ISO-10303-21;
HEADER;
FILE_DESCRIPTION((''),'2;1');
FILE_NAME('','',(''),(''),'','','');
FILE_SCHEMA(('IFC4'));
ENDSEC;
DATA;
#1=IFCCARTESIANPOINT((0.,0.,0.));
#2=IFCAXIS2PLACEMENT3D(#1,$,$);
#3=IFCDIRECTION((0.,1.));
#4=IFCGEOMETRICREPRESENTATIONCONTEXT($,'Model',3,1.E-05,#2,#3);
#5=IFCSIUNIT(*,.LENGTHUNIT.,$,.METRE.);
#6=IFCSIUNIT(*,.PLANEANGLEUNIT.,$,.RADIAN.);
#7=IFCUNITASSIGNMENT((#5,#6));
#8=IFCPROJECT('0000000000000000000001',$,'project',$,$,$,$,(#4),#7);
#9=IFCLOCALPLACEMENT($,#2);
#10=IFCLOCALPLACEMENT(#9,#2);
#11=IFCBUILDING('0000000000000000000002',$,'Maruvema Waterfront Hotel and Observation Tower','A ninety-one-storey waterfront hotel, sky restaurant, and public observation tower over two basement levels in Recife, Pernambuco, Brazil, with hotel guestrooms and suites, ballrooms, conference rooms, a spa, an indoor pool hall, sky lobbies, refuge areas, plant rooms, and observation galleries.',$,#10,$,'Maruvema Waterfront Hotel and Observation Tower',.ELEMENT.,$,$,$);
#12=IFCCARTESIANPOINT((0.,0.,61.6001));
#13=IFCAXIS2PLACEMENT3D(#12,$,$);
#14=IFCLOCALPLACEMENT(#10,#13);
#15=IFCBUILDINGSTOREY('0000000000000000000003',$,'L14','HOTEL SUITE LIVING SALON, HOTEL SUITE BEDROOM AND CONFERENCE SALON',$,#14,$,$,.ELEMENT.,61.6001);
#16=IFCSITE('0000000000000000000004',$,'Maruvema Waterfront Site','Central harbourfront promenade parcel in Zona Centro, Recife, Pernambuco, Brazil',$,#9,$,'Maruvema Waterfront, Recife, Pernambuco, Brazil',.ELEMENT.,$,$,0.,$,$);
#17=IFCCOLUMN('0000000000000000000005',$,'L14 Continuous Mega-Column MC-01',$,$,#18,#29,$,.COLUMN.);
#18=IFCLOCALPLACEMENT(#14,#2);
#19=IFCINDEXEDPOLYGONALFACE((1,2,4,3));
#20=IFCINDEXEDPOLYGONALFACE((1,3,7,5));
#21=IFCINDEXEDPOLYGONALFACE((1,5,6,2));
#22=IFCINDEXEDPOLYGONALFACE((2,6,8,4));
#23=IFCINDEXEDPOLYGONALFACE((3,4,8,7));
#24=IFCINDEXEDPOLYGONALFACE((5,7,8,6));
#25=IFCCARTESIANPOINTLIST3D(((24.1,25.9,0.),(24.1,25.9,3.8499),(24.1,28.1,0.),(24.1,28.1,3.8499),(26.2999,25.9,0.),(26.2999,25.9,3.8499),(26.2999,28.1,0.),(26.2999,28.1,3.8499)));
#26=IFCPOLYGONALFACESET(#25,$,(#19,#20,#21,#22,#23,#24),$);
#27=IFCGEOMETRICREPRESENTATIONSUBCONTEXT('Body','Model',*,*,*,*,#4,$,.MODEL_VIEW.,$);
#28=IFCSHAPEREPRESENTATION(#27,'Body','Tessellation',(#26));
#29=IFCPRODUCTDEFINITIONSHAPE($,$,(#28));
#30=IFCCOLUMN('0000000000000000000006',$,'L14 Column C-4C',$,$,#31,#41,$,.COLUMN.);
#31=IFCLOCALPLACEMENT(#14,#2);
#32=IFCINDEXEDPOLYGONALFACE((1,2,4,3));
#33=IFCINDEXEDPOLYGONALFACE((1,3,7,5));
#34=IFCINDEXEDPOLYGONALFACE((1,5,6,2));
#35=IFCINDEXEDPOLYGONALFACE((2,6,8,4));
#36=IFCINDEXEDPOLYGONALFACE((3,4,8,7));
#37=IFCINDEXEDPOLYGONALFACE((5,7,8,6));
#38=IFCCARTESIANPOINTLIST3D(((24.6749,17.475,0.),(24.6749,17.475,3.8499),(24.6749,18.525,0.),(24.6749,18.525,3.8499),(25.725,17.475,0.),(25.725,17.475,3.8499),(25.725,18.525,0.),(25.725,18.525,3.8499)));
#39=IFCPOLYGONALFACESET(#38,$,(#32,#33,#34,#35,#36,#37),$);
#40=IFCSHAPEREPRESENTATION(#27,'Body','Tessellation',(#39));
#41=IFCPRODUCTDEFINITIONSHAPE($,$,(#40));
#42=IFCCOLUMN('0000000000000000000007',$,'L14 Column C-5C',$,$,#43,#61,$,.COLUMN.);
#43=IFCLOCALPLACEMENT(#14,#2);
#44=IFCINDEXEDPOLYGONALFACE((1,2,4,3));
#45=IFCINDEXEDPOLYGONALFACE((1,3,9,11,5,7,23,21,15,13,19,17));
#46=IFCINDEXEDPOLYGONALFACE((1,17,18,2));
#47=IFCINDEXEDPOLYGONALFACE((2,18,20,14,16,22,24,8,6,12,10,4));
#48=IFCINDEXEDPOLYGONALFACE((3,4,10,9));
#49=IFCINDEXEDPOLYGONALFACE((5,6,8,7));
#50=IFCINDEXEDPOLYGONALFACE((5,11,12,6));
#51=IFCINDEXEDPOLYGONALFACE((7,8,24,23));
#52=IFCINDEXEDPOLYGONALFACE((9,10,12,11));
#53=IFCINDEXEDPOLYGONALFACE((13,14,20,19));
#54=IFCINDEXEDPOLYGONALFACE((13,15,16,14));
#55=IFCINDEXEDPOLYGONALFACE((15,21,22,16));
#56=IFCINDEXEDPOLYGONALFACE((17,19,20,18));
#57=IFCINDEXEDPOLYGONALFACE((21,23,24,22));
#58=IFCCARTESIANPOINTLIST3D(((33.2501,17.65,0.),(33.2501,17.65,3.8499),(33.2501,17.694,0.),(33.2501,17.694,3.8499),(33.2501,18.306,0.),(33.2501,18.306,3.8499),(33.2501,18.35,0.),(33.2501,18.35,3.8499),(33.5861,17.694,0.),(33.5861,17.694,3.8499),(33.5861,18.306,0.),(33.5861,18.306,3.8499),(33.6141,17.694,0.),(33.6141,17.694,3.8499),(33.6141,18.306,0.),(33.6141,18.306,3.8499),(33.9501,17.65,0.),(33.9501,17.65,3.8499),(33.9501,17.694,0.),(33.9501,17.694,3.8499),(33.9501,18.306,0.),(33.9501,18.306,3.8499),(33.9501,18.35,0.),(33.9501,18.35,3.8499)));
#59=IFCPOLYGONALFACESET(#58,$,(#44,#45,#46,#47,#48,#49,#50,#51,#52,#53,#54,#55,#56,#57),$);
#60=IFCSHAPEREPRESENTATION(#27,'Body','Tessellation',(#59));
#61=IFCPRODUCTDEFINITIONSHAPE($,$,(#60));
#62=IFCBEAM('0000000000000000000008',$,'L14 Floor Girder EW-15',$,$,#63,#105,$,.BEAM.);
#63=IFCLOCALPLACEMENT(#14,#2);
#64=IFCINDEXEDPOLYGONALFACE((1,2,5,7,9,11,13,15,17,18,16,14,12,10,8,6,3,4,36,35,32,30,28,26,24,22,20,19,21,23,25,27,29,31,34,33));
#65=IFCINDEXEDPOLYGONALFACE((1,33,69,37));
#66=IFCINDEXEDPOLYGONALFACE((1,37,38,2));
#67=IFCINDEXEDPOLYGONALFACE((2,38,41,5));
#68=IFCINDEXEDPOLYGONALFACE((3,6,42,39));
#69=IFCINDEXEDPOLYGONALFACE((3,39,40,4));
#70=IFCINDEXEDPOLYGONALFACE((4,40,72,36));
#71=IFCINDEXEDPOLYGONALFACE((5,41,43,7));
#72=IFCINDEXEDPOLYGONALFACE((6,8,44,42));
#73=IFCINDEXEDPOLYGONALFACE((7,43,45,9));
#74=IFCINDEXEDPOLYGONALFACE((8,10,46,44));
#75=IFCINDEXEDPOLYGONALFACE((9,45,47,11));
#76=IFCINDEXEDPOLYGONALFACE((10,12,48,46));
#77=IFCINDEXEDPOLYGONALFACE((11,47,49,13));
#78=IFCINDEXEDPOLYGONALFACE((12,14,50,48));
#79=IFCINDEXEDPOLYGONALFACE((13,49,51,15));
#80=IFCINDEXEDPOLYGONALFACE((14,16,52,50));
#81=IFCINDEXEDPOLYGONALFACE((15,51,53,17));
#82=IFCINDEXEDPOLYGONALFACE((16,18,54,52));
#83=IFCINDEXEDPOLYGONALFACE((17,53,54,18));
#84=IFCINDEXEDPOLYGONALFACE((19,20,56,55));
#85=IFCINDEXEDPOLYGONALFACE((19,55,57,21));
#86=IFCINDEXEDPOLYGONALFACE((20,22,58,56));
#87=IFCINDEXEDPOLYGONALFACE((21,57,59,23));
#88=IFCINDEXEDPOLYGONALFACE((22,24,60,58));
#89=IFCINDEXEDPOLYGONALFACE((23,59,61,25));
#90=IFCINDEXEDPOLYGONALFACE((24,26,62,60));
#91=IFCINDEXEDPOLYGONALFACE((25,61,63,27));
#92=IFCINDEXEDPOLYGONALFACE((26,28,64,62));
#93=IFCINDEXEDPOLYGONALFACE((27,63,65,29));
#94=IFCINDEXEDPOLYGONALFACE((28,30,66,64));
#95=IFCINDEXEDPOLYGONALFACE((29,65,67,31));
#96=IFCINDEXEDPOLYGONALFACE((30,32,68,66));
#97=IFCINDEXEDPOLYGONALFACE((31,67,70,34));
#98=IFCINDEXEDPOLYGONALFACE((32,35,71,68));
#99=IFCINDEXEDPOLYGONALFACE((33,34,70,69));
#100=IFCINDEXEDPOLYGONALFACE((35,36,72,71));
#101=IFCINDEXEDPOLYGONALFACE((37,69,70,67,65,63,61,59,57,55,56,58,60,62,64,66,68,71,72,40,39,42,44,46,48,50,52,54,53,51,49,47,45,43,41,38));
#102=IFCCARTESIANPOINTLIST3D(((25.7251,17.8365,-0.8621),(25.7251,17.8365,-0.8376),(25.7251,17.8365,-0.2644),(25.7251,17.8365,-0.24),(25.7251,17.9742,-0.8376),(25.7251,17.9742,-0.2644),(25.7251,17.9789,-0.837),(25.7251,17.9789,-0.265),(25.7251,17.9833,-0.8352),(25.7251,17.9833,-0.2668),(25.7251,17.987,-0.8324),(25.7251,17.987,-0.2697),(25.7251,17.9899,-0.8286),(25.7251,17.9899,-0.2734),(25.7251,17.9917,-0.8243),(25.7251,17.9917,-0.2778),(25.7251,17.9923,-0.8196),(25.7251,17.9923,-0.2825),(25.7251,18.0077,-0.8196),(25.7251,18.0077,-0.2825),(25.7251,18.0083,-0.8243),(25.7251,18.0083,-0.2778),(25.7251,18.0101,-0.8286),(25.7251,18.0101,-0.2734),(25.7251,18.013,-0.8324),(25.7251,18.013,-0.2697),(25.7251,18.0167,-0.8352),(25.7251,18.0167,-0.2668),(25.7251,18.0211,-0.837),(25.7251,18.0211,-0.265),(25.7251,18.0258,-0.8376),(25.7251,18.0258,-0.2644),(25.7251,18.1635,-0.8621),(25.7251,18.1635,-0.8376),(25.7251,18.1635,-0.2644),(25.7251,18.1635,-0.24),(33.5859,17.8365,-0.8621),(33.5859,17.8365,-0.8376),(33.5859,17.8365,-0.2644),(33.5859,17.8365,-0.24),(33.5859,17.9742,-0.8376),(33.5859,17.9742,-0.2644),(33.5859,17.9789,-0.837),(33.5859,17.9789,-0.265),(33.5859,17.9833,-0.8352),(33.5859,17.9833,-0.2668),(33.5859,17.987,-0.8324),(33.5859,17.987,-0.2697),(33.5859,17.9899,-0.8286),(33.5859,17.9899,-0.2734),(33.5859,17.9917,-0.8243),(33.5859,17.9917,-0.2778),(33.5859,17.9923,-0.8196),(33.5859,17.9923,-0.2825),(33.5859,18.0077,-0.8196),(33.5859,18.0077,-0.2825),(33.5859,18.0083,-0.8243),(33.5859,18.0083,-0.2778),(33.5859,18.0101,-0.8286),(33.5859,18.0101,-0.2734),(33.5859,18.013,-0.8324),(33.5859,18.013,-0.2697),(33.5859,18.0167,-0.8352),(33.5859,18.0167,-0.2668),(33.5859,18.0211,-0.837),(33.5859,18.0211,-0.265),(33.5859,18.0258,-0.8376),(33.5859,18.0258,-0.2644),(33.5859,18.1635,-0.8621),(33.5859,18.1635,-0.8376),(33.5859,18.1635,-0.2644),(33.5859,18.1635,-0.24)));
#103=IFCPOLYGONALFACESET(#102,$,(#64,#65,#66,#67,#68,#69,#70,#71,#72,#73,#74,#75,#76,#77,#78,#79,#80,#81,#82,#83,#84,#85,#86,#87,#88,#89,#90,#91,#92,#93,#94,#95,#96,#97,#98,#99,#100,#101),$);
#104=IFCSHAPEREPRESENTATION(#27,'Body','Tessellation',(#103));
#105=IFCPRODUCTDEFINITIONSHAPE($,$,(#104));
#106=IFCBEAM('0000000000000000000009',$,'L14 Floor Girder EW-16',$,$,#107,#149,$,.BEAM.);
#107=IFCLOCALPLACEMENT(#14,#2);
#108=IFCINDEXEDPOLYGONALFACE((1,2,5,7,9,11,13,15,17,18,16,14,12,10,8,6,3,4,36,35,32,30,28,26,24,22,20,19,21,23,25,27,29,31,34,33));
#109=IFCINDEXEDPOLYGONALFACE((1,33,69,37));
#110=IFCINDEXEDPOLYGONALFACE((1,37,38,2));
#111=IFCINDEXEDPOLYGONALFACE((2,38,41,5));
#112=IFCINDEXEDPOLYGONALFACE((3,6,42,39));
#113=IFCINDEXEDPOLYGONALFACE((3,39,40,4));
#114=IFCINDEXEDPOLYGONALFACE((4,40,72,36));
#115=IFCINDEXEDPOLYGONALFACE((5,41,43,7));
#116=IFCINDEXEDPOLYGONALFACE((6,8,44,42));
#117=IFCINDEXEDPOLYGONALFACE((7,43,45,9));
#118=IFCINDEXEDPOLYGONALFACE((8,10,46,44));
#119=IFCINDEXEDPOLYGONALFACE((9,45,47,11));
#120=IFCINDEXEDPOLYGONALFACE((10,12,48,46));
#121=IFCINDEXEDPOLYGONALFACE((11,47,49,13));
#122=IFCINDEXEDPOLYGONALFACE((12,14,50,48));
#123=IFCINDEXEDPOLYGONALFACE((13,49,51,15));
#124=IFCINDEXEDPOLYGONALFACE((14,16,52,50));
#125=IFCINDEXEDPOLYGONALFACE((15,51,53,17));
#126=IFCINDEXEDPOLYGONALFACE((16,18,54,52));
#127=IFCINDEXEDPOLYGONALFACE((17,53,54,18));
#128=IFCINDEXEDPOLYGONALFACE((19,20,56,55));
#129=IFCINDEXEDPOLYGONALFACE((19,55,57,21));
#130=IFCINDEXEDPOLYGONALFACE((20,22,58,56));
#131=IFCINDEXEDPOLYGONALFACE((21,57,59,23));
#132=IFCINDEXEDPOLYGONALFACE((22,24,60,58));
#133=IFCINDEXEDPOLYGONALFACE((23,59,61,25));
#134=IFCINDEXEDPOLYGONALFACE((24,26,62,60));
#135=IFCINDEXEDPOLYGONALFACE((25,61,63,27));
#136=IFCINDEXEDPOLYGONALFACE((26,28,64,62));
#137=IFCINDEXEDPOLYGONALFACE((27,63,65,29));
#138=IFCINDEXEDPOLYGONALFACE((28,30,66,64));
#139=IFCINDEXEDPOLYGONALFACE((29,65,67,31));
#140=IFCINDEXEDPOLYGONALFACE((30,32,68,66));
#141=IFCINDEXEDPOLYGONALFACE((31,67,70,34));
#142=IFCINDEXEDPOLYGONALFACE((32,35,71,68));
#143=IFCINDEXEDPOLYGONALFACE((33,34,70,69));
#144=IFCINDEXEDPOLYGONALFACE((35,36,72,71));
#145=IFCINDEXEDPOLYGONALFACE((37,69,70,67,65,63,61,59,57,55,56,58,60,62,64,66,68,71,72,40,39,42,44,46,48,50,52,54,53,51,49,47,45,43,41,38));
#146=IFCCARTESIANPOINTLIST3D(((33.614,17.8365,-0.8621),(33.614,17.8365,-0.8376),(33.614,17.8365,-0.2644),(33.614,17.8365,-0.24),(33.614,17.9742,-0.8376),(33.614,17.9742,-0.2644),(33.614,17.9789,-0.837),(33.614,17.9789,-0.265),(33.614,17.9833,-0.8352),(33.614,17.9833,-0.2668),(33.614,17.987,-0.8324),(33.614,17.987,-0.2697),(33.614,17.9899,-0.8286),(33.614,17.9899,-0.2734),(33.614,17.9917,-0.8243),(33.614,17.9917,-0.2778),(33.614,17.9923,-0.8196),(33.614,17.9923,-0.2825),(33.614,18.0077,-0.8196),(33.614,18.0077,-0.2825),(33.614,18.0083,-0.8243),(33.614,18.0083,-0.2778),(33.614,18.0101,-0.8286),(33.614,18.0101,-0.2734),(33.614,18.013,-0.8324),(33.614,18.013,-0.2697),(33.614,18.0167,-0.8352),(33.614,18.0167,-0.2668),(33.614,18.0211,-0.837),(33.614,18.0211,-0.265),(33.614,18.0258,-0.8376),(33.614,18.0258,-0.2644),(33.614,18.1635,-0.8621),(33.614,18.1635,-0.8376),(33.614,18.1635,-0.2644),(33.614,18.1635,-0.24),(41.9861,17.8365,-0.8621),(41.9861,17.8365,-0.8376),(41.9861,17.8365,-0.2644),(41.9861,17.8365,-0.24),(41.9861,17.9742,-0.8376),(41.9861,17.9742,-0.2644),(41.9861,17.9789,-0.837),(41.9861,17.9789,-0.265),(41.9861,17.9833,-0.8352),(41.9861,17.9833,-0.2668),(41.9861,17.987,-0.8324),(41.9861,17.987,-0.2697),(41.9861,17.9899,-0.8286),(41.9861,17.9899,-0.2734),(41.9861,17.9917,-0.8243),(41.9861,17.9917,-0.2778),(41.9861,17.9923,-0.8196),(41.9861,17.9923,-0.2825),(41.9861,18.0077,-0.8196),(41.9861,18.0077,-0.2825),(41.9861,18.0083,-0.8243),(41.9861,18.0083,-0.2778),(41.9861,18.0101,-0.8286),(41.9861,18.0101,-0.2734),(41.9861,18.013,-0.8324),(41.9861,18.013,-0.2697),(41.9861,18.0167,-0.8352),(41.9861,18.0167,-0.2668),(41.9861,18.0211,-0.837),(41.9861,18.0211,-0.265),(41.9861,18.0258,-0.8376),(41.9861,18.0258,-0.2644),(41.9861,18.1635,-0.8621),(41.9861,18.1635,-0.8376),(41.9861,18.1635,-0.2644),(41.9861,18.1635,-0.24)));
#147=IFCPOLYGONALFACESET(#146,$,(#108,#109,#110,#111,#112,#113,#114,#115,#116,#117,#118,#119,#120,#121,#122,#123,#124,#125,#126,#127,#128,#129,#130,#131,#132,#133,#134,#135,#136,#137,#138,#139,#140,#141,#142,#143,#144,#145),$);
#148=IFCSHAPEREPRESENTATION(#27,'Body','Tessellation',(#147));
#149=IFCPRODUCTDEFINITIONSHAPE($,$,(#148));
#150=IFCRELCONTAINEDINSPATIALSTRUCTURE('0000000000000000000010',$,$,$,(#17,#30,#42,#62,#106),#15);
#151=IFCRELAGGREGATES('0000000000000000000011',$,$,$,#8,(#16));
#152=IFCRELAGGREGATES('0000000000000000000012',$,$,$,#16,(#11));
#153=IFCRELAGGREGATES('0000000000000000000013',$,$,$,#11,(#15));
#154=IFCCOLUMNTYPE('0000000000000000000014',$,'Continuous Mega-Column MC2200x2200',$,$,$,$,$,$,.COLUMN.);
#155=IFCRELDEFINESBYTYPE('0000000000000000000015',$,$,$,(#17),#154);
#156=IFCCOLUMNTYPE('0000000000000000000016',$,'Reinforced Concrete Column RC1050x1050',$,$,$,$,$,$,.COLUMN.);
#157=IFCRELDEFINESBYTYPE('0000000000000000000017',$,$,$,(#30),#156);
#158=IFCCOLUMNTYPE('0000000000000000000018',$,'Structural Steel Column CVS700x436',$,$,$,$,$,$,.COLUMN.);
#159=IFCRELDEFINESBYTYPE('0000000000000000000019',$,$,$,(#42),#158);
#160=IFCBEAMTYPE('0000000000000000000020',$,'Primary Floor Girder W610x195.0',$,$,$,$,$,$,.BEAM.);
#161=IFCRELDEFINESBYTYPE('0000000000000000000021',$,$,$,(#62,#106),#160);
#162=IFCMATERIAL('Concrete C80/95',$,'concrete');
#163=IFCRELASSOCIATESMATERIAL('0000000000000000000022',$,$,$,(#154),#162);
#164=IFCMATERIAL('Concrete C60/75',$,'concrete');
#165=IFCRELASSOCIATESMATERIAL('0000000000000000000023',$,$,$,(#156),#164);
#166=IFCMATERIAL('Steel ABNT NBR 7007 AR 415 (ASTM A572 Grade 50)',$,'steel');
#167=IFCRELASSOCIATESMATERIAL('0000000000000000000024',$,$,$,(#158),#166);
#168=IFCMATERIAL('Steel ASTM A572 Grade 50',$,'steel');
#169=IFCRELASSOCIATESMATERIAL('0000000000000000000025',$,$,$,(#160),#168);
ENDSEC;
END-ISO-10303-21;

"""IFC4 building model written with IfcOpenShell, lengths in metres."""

from ifc_helpers import new_model, si_unit, direction, frame, origin, origin_2d, place, context, subcontext, project, spatial, rectangle, i_section, extrude, material, material_profile, profile_set, type_object, element, save


model = new_model("IFC4")

# Units and contexts
model_context = context("Model", 3, precision=1e-05, world=origin(), true_north=direction((0.0, 1.0)))
body_context = subcontext(model_context, "Body", "Model", "MODEL_VIEW")
ifc_project = project(units=[si_unit("LENGTHUNIT", "METRE"), si_unit("PLANEANGLEUNIT", "RADIAN")], contexts=[model_context])

# Site, building, storey
site_placement = place(None, origin())
site = spatial("IfcSite", under=ifc_project, at=site_placement, Name="Maruvema Waterfront Site", Description="Central harbourfront promenade parcel in Zona Centro, Recife, Pernambuco, Brazil", LongName="Maruvema Waterfront, Recife, Pernambuco, Brazil", CompositionType="ELEMENT", RefElevation=0.0)
building_placement = place(site_placement, origin())
building = spatial("IfcBuilding", under=site, at=building_placement, Name="Maruvema Waterfront Hotel and Observation Tower", Description="A ninety-one-storey waterfront hotel, sky restaurant, and public observation tower over two basement levels in Recife, Pernambuco, Brazil, with hotel guestrooms and suites, ballrooms, conference rooms, a spa, an indoor pool hall, sky lobbies, refuge areas, plant rooms, and observation galleries.", LongName="Maruvema Waterfront Hotel and Observation Tower", CompositionType="ELEMENT")
storey_placement = place(building_placement, frame((0.0, 0.0, 61.6001)))
storey = spatial("IfcBuildingStorey", under=building, at=storey_placement, Name="L14", Description="HOTEL SUITE LIVING SALON, HOTEL SUITE BEDROOM AND CONFERENCE SALON", CompositionType="ELEMENT", Elevation=61.6001)

# Columns
ifc_material_1 = material(Name="Concrete C80/95", Category="concrete")
ifc_material_profile_1 = material_profile(ifc_material_1, rectangle(XDim=2.2, YDim=2.2, at=origin_2d()), Name="MC2200x2200")
ifc_profile_set_1 = profile_set([ifc_material_profile_1], Name="Concrete C80/95")
column_type_1 = type_object("IfcColumnType", Name="Continuous Mega-Column MC2200x2200", PredefinedType="COLUMN", material=ifc_profile_set_1)
column_1_placement = place(storey_placement, frame((25.2, 27.0, 0.0), z_axis=(0.0, 0.0, 1.0), x_axis=(1.0, 0.0, 0.0)))
element("IfcColumn", 1, at=column_1_placement, inside=storey, type_object=column_type_1, Name="L14 Continuous Mega-Column MC-01", PredefinedType="COLUMN", context=body_context, shape_type="SweptSolid", body=[
    extrude(rectangle(XDim=2.2, YDim=2.2, at=origin_2d()), origin(), (0.0, 0.0, 1.0), 3.8499),
])
ifc_material_2 = material(Name="Concrete C60/75", Category="concrete")
ifc_material_profile_2 = material_profile(ifc_material_2, rectangle(XDim=1.05, YDim=1.05, at=origin_2d()), Name="RC1050x1050")
ifc_profile_set_2 = profile_set([ifc_material_profile_2], Name="Concrete C60/75")
column_type_2 = type_object("IfcColumnType", Name="Reinforced Concrete Column RC1050x1050", PredefinedType="COLUMN", material=ifc_profile_set_2)
column_2_placement = place(storey_placement, frame((25.2, 18.0, 0.0), z_axis=(0.0, 0.0, 1.0), x_axis=(1.0, 0.0, 0.0)))
element("IfcColumn", 2, at=column_2_placement, inside=storey, type_object=column_type_2, Name="L14 Column C-4C", PredefinedType="COLUMN", context=body_context, shape_type="SweptSolid", body=[
    extrude(rectangle(XDim=1.05, YDim=1.05, at=origin_2d()), origin(), (0.0, 0.0, 1.0), 3.8499),
])
ifc_material_3 = material(Name="Steel ABNT NBR 7007 AR 415 (ASTM A572 Grade 50)", Category="steel")
ifc_material_profile_3 = material_profile(ifc_material_3, i_section(OverallWidth=0.7, OverallDepth=0.7, WebThickness=0.0281, FlangeThickness=0.0439, at=origin_2d()), Name="CVS700x436")
ifc_profile_set_3 = profile_set([ifc_material_profile_3], Name="Steel ABNT NBR 7007 AR 415 (ASTM A572 Grade 50)")
column_type_3 = type_object("IfcColumnType", Name="Structural Steel Column CVS700x436", PredefinedType="COLUMN", material=ifc_profile_set_3)
column_3_placement = place(storey_placement, frame((33.6001, 18.0, 0.0), z_axis=(0.0, 0.0, 1.0), x_axis=(1.0, 0.0, 0.0)))
element("IfcColumn", 3, at=column_3_placement, inside=storey, type_object=column_type_3, Name="L14 Column C-5C", PredefinedType="COLUMN", context=body_context, shape_type="SweptSolid", body=[
    extrude(i_section(OverallWidth=0.7, OverallDepth=0.7, WebThickness=0.0281, FlangeThickness=0.0439, at=origin_2d()), origin(), (0.0, 0.0, 1.0), 3.8499),
])

# Beams
ifc_material_4 = material(Name="Steel ASTM A572 Grade 50", Category="steel")
ifc_material_profile_4 = material_profile(ifc_material_4, i_section(OverallWidth=0.3269, OverallDepth=0.6221, WebThickness=0.0154, FlangeThickness=0.0244, FilletRadius=0.0181, at=origin_2d()), Name="W610x195.0")
ifc_profile_set_4 = profile_set([ifc_material_profile_4], Name="Steel ASTM A572 Grade 50")
beam_type_1 = type_object("IfcBeamType", Name="Primary Floor Girder W610x195.0", PredefinedType="BEAM", material=ifc_profile_set_4)
beam_1_placement = place(storey_placement, frame((25.7251, 18.0, -0.551), z_axis=(1.0, 0.0, 0.0), x_axis=(0.0, 1.0, 0.0)))
element("IfcBeam", 4, at=beam_1_placement, inside=storey, type_object=beam_type_1, Name="L14 Floor Girder EW-15", PredefinedType="BEAM", context=body_context, shape_type="SweptSolid", body=[
    extrude(i_section(OverallWidth=0.3269, OverallDepth=0.6221, WebThickness=0.0154, FlangeThickness=0.0244, FilletRadius=0.0181, at=origin_2d()), origin(), (0.0, 0.0, 1.0), 7.8608),
])
beam_2_placement = place(storey_placement, frame((33.614, 18.0, -0.551), z_axis=(1.0, 0.0, 0.0), x_axis=(0.0, 1.0, 0.0)))
element("IfcBeam", 5, at=beam_2_placement, inside=storey, type_object=beam_type_1, Name="L14 Floor Girder EW-16", PredefinedType="BEAM", context=body_context, shape_type="SweptSolid", body=[
    extrude(i_section(OverallWidth=0.3269, OverallDepth=0.6221, WebThickness=0.0154, FlangeThickness=0.0244, FilletRadius=0.0181, at=origin_2d()), origin(), (0.0, 0.0, 1.0), 8.3721),
])

save(model, "model.ifc")
